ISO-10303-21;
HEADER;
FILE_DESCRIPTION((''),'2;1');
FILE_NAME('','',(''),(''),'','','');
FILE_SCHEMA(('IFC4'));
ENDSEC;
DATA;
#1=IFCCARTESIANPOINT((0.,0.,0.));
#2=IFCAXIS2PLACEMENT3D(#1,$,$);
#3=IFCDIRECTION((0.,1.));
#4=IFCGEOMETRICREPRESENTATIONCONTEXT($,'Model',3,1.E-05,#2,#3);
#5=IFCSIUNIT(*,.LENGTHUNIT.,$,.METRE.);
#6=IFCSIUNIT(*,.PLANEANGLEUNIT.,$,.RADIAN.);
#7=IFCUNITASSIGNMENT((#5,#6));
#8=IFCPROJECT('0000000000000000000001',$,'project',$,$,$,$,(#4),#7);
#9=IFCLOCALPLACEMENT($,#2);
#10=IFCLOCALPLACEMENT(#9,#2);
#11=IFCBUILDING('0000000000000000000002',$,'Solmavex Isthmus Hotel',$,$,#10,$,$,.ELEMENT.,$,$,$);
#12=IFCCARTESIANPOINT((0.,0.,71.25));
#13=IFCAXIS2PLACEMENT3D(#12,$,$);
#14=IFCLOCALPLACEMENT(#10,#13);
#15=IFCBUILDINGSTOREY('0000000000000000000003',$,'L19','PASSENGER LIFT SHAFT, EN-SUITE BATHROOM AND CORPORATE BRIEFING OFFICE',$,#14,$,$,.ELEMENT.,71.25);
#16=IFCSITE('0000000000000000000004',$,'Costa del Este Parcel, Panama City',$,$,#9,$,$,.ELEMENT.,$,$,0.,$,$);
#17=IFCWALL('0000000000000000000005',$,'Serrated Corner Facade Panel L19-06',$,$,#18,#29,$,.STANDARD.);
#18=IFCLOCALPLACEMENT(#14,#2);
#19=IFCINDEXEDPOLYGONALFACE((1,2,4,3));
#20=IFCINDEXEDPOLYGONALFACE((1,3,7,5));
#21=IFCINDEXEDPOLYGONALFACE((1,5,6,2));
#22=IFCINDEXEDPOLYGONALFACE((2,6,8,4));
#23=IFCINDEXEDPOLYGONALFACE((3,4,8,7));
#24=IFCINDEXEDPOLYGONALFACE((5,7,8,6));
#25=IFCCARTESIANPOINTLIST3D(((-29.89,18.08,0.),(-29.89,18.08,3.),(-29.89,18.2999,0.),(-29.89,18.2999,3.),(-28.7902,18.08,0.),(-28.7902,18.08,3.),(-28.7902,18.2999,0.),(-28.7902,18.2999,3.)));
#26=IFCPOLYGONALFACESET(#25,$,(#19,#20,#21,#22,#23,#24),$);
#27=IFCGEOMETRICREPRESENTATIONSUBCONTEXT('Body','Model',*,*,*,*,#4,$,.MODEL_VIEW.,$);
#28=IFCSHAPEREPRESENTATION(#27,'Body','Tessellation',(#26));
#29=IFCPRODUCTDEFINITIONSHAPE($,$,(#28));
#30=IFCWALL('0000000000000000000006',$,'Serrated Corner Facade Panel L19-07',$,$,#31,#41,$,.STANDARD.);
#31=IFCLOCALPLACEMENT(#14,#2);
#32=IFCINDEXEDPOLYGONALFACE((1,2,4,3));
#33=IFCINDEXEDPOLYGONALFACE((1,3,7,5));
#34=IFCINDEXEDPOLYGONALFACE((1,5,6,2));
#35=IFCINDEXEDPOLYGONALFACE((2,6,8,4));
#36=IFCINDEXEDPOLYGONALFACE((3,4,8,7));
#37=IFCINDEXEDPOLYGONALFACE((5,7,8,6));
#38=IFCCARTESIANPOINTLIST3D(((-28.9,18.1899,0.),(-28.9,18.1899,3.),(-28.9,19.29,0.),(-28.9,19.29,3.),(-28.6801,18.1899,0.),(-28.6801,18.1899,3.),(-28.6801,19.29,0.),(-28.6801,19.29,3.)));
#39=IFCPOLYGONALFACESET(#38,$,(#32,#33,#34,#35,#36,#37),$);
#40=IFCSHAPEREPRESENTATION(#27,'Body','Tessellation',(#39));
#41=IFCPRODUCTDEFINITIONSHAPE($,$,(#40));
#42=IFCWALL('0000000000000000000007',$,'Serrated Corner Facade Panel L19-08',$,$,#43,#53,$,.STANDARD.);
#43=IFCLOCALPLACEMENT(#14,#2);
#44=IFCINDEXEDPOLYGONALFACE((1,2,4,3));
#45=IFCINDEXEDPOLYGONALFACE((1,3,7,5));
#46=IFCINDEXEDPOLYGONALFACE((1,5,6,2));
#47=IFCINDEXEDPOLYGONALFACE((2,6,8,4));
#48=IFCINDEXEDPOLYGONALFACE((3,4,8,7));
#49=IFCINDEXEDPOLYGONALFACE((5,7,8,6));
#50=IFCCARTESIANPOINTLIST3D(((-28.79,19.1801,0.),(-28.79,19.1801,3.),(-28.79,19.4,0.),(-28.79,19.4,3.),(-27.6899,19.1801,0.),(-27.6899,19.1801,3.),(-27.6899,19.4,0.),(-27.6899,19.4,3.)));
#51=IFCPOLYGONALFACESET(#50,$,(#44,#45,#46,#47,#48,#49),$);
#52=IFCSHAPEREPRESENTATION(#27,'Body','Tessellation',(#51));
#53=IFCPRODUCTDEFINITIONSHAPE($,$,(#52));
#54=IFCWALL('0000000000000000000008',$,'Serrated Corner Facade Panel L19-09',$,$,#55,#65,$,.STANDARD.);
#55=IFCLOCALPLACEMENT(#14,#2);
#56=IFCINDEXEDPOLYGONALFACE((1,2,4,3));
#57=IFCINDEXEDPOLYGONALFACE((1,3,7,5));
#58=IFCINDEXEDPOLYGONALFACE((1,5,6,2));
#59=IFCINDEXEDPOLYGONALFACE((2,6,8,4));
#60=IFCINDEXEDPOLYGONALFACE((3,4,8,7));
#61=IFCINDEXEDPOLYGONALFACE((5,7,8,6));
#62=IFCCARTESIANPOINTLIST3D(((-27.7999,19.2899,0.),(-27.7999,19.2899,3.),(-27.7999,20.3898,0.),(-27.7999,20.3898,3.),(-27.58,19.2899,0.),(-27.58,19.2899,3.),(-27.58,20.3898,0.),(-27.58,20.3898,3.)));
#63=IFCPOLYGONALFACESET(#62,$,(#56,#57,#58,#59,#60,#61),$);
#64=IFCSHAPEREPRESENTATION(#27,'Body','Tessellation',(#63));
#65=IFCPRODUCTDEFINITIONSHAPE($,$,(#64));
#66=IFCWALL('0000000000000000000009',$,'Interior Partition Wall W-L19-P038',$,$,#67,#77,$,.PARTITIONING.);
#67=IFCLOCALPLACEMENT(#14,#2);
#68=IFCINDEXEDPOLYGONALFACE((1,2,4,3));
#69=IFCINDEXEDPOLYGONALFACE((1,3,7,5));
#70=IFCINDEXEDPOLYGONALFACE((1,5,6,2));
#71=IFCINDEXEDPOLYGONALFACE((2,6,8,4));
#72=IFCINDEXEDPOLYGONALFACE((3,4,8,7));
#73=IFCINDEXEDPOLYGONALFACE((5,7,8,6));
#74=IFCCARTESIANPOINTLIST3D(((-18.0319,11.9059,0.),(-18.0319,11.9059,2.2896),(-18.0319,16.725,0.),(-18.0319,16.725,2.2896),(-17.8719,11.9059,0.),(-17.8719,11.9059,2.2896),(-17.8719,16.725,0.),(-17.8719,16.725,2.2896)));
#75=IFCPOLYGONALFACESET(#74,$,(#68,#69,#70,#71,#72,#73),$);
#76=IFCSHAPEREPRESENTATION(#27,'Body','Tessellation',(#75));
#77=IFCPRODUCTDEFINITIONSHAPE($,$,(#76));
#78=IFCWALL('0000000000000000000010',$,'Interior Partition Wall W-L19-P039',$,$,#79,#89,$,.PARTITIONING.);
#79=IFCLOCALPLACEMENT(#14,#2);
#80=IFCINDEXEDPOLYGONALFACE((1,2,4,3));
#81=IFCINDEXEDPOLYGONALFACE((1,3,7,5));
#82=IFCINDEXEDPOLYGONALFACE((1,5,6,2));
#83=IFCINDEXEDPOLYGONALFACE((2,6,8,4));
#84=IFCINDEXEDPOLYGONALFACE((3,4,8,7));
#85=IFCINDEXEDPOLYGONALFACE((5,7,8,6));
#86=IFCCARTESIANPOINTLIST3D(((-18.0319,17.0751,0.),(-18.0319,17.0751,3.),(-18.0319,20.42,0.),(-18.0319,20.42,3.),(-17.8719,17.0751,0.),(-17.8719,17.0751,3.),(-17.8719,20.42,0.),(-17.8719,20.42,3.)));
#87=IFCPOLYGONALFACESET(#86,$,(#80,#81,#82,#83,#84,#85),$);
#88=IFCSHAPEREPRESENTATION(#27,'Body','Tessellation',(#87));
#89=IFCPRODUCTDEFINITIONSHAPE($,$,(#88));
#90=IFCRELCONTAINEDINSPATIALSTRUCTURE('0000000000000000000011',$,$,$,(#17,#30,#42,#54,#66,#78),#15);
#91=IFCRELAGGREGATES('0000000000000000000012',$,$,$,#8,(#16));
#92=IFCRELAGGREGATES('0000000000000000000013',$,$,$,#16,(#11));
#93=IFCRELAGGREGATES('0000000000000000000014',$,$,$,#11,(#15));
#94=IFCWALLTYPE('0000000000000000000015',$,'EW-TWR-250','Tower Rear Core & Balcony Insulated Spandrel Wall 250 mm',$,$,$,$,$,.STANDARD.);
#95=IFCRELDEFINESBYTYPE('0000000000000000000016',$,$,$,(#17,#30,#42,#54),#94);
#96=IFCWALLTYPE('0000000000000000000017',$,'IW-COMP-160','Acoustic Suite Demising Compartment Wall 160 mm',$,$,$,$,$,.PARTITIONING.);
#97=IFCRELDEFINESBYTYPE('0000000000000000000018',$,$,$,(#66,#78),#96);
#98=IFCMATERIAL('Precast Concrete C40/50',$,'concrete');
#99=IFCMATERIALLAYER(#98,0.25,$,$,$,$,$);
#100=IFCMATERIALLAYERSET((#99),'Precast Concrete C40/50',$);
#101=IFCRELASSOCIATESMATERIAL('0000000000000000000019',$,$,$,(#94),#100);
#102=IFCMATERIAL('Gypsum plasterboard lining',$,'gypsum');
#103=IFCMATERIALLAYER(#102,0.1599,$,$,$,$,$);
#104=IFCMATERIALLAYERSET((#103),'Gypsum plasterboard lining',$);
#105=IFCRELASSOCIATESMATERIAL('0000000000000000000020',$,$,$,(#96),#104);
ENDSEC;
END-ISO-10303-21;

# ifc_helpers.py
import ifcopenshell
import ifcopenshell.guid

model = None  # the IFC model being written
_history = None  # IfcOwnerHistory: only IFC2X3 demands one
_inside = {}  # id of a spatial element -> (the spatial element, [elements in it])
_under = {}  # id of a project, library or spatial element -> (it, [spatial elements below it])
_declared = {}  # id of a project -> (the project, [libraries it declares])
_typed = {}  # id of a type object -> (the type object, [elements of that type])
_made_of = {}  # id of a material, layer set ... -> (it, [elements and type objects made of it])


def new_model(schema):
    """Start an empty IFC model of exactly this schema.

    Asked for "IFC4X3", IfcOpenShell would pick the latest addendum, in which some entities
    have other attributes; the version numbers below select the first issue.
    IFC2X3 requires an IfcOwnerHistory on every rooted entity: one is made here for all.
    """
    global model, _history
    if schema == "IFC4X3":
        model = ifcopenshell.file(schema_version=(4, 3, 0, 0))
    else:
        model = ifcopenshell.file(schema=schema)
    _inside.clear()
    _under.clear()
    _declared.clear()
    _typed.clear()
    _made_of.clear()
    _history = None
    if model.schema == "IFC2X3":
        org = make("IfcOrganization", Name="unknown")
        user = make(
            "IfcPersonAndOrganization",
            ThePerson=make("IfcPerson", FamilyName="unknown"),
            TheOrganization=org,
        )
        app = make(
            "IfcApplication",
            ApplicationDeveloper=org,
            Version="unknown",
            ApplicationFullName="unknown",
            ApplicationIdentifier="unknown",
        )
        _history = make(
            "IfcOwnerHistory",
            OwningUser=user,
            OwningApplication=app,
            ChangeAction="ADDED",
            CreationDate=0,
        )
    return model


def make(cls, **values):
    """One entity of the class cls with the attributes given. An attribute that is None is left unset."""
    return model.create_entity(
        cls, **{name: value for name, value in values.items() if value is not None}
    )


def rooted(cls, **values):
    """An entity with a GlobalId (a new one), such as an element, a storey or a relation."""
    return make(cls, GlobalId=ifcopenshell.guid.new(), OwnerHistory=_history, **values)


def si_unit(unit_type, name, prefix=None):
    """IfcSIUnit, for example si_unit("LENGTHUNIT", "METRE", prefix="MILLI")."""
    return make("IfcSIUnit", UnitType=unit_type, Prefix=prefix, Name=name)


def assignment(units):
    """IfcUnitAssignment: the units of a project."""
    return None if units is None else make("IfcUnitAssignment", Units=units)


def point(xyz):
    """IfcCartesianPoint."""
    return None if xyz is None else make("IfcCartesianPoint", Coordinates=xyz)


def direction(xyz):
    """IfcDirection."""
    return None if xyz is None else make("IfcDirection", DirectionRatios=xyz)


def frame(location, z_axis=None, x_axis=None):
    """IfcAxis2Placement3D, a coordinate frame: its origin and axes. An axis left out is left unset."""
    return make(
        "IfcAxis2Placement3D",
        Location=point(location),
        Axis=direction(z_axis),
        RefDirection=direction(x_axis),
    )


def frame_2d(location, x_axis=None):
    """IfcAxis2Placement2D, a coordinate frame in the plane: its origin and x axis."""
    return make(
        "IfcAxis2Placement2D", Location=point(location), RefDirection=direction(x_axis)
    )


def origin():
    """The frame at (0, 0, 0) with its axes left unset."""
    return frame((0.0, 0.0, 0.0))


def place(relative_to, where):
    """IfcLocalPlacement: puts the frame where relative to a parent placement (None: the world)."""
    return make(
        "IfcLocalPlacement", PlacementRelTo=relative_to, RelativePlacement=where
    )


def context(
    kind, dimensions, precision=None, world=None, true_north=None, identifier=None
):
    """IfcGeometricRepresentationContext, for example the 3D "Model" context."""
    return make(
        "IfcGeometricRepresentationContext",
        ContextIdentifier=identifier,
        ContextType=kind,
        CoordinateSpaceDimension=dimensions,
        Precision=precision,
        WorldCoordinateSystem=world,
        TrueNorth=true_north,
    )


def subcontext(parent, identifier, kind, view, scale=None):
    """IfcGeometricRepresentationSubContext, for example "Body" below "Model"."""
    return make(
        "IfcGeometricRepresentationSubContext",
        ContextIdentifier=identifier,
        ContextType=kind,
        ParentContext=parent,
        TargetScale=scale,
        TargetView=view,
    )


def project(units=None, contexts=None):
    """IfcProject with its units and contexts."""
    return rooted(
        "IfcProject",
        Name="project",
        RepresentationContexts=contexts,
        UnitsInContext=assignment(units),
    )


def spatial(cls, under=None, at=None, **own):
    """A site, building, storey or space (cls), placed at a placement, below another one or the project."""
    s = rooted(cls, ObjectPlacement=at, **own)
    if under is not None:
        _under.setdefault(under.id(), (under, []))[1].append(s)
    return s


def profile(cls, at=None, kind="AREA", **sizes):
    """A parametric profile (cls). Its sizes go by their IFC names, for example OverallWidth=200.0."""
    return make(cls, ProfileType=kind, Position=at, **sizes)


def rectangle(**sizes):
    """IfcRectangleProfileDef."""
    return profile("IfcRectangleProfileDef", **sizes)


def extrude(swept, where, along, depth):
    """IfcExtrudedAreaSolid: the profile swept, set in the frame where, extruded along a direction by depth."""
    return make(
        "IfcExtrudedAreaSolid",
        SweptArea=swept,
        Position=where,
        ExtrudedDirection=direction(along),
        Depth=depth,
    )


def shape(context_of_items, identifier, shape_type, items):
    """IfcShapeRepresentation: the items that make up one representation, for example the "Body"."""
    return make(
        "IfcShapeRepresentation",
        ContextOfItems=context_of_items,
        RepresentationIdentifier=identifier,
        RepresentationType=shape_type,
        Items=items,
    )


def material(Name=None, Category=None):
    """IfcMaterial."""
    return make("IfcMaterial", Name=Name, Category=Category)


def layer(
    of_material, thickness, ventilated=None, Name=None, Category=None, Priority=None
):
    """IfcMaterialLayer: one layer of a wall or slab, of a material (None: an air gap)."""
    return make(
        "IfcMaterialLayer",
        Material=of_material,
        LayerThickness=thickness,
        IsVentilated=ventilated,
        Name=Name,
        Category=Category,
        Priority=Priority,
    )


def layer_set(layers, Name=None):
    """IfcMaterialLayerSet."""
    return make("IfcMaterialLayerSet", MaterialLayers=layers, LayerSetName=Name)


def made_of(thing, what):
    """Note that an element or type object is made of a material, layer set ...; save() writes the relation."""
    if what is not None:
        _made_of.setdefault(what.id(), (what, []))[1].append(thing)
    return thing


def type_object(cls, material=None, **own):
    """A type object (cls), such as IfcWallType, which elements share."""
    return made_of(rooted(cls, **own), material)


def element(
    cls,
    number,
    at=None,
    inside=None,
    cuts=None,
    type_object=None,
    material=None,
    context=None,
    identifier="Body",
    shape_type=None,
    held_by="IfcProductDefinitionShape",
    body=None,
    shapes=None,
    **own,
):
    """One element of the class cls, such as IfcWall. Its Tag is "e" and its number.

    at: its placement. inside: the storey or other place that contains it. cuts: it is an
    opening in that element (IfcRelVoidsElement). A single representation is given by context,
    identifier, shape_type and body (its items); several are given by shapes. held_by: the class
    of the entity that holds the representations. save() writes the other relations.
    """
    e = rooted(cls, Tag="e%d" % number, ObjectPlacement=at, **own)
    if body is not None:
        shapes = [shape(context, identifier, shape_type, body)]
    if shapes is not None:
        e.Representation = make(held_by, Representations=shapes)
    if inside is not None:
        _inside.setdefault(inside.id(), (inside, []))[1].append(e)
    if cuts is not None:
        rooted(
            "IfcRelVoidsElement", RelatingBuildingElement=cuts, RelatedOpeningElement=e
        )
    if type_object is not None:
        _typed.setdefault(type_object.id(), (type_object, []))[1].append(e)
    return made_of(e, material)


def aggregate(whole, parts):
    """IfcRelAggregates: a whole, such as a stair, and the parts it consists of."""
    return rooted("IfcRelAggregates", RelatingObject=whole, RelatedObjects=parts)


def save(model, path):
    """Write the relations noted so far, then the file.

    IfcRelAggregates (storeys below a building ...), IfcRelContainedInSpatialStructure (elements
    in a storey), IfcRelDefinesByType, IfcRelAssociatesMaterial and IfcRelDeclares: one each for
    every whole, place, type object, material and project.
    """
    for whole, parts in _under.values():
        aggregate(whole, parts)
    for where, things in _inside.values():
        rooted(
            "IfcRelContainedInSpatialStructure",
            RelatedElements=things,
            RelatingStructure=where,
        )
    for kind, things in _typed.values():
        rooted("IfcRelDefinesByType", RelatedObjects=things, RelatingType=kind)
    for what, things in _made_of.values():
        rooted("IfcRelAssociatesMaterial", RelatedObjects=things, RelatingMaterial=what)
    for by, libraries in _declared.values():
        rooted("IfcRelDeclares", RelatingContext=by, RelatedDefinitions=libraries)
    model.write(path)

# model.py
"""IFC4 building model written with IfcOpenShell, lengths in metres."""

from ifc_helpers import new_model, si_unit, direction, frame, frame_2d, origin, place, context, subcontext, project, spatial, rectangle, extrude, material, layer, layer_set, type_object, element, save


model = new_model("IFC4")

# Units and contexts
model_context = context("Model", 3, precision=1e-05, world=origin(), true_north=direction((0.0, 1.0)))
body_context = subcontext(model_context, "Body", "Model", "MODEL_VIEW")
ifc_project = project(units=[si_unit("LENGTHUNIT", "METRE"), si_unit("PLANEANGLEUNIT", "RADIAN")], contexts=[model_context])

# Site, building, storey
site_placement = place(None, origin())
site = spatial("IfcSite", under=ifc_project, at=site_placement, Name="Costa del Este Parcel, Panama City", CompositionType="ELEMENT", RefElevation=0.0)
building_placement = place(site_placement, origin())
building = spatial("IfcBuilding", under=site, at=building_placement, Name="Solmavex Isthmus Hotel", CompositionType="ELEMENT")
storey_placement = place(building_placement, frame((0.0, 0.0, 71.25)))
storey = spatial("IfcBuildingStorey", under=building, at=storey_placement, Name="L19", Description="PASSENGER LIFT SHAFT, EN-SUITE BATHROOM AND CORPORATE BRIEFING OFFICE", CompositionType="ELEMENT", Elevation=71.25)

# Walls
ifc_material_1 = material(Name="Precast Concrete C40/50", Category="concrete")
ifc_layer_1 = layer(ifc_material_1, 0.25)
ifc_layer_set_1 = layer_set([ifc_layer_1], Name="Precast Concrete C40/50")
wall_type_1 = type_object("IfcWallType", Name="EW-TWR-250", Description="Tower Rear Core & Balcony Insulated Spandrel Wall 250 mm", PredefinedType="STANDARD", material=ifc_layer_set_1)
wall_1_placement = place(storey_placement, frame((-29.8899, 18.1899, 0.0), z_axis=(0.0, 0.0, 1.0), x_axis=(1.0, 0.0, 0.0)))
element("IfcWall", 1, at=wall_1_placement, inside=storey, type_object=wall_type_1, Name="Serrated Corner Facade Panel L19-06", PredefinedType="STANDARD", context=body_context, shape_type="SweptSolid", body=[
    extrude(rectangle(XDim=1.0999, YDim=0.22, at=frame_2d((0.5498, 0.0))), origin(), (0.0, 0.0, 1.0), 3.0),
])
for number, where, z_axis, x_axis, name in (
    (2, (-28.79, 18.1899, 0.0), (0.0, 0.0, 1.0), (0.0, 1.0, 0.0), "Serrated Corner Facade Panel L19-07"),
    (3, (-28.79, 19.29, 0.0), (0.0, 0.0, 1.0), (1.0, 0.0, 0.0), "Serrated Corner Facade Panel L19-08"),
):
    element("IfcWall", number, at=place(storey_placement, frame(where, z_axis=z_axis, x_axis=x_axis)), inside=storey, type_object=wall_type_1, Name=name, PredefinedType="STANDARD", context=body_context, shape_type="SweptSolid", body=[
        extrude(rectangle(XDim=1.1001, YDim=0.22, at=frame_2d((0.55, 0.0))), origin(), (0.0, 0.0, 1.0), 3.0),
    ])
wall_2_placement = place(storey_placement, frame((-27.6899, 19.29, 0.0), z_axis=(0.0, 0.0, 1.0), x_axis=(0.0, 1.0, 0.0)))
element("IfcWall", 4, at=wall_2_placement, inside=storey, type_object=wall_type_1, Name="Serrated Corner Facade Panel L19-09", PredefinedType="STANDARD", context=body_context, shape_type="SweptSolid", body=[
    extrude(rectangle(XDim=1.0999, YDim=0.22, at=frame_2d((0.5498, 0.0))), origin(), (0.0, 0.0, 1.0), 3.0),
])
ifc_material_2 = material(Name="Gypsum plasterboard lining", Category="gypsum")
ifc_layer_2 = layer(ifc_material_2, 0.1599)
ifc_layer_set_2 = layer_set([ifc_layer_2], Name="Gypsum plasterboard lining")
wall_type_2 = type_object("IfcWallType", Name="IW-COMP-160", Description="Acoustic Suite Demising Compartment Wall 160 mm", PredefinedType="PARTITIONING", material=ifc_layer_set_2)
wall_3_placement = place(storey_placement, frame((-17.9519, 16.7251, 0.0), z_axis=(0.0, 0.0, 1.0), x_axis=(0.0, -1.0, 0.0)))
element("IfcWall", 5, at=wall_3_placement, inside=storey, type_object=wall_type_2, Name="Interior Partition Wall W-L19-P038", PredefinedType="PARTITIONING", context=body_context, shape_type="SweptSolid", body=[
    extrude(rectangle(XDim=4.8191, YDim=0.1599, at=frame_2d((2.4097, 0.0))), origin(), (0.0, 0.0, 1.0), 2.2896),
])
wall_4_placement = place(storey_placement, frame((-17.9519, 20.4199, 0.0), z_axis=(0.0, 0.0, 1.0), x_axis=(0.0, -1.0, 0.0)))
element("IfcWall", 6, at=wall_4_placement, inside=storey, type_object=wall_type_2, Name="Interior Partition Wall W-L19-P039", PredefinedType="PARTITIONING", context=body_context, shape_type="SweptSolid", body=[
    extrude(rectangle(XDim=3.345, YDim=0.1599, at=frame_2d((1.6724, 0.0))), origin(), (0.0, 0.0, 1.0), 3.0),
])

save(model, "model.ifc")
